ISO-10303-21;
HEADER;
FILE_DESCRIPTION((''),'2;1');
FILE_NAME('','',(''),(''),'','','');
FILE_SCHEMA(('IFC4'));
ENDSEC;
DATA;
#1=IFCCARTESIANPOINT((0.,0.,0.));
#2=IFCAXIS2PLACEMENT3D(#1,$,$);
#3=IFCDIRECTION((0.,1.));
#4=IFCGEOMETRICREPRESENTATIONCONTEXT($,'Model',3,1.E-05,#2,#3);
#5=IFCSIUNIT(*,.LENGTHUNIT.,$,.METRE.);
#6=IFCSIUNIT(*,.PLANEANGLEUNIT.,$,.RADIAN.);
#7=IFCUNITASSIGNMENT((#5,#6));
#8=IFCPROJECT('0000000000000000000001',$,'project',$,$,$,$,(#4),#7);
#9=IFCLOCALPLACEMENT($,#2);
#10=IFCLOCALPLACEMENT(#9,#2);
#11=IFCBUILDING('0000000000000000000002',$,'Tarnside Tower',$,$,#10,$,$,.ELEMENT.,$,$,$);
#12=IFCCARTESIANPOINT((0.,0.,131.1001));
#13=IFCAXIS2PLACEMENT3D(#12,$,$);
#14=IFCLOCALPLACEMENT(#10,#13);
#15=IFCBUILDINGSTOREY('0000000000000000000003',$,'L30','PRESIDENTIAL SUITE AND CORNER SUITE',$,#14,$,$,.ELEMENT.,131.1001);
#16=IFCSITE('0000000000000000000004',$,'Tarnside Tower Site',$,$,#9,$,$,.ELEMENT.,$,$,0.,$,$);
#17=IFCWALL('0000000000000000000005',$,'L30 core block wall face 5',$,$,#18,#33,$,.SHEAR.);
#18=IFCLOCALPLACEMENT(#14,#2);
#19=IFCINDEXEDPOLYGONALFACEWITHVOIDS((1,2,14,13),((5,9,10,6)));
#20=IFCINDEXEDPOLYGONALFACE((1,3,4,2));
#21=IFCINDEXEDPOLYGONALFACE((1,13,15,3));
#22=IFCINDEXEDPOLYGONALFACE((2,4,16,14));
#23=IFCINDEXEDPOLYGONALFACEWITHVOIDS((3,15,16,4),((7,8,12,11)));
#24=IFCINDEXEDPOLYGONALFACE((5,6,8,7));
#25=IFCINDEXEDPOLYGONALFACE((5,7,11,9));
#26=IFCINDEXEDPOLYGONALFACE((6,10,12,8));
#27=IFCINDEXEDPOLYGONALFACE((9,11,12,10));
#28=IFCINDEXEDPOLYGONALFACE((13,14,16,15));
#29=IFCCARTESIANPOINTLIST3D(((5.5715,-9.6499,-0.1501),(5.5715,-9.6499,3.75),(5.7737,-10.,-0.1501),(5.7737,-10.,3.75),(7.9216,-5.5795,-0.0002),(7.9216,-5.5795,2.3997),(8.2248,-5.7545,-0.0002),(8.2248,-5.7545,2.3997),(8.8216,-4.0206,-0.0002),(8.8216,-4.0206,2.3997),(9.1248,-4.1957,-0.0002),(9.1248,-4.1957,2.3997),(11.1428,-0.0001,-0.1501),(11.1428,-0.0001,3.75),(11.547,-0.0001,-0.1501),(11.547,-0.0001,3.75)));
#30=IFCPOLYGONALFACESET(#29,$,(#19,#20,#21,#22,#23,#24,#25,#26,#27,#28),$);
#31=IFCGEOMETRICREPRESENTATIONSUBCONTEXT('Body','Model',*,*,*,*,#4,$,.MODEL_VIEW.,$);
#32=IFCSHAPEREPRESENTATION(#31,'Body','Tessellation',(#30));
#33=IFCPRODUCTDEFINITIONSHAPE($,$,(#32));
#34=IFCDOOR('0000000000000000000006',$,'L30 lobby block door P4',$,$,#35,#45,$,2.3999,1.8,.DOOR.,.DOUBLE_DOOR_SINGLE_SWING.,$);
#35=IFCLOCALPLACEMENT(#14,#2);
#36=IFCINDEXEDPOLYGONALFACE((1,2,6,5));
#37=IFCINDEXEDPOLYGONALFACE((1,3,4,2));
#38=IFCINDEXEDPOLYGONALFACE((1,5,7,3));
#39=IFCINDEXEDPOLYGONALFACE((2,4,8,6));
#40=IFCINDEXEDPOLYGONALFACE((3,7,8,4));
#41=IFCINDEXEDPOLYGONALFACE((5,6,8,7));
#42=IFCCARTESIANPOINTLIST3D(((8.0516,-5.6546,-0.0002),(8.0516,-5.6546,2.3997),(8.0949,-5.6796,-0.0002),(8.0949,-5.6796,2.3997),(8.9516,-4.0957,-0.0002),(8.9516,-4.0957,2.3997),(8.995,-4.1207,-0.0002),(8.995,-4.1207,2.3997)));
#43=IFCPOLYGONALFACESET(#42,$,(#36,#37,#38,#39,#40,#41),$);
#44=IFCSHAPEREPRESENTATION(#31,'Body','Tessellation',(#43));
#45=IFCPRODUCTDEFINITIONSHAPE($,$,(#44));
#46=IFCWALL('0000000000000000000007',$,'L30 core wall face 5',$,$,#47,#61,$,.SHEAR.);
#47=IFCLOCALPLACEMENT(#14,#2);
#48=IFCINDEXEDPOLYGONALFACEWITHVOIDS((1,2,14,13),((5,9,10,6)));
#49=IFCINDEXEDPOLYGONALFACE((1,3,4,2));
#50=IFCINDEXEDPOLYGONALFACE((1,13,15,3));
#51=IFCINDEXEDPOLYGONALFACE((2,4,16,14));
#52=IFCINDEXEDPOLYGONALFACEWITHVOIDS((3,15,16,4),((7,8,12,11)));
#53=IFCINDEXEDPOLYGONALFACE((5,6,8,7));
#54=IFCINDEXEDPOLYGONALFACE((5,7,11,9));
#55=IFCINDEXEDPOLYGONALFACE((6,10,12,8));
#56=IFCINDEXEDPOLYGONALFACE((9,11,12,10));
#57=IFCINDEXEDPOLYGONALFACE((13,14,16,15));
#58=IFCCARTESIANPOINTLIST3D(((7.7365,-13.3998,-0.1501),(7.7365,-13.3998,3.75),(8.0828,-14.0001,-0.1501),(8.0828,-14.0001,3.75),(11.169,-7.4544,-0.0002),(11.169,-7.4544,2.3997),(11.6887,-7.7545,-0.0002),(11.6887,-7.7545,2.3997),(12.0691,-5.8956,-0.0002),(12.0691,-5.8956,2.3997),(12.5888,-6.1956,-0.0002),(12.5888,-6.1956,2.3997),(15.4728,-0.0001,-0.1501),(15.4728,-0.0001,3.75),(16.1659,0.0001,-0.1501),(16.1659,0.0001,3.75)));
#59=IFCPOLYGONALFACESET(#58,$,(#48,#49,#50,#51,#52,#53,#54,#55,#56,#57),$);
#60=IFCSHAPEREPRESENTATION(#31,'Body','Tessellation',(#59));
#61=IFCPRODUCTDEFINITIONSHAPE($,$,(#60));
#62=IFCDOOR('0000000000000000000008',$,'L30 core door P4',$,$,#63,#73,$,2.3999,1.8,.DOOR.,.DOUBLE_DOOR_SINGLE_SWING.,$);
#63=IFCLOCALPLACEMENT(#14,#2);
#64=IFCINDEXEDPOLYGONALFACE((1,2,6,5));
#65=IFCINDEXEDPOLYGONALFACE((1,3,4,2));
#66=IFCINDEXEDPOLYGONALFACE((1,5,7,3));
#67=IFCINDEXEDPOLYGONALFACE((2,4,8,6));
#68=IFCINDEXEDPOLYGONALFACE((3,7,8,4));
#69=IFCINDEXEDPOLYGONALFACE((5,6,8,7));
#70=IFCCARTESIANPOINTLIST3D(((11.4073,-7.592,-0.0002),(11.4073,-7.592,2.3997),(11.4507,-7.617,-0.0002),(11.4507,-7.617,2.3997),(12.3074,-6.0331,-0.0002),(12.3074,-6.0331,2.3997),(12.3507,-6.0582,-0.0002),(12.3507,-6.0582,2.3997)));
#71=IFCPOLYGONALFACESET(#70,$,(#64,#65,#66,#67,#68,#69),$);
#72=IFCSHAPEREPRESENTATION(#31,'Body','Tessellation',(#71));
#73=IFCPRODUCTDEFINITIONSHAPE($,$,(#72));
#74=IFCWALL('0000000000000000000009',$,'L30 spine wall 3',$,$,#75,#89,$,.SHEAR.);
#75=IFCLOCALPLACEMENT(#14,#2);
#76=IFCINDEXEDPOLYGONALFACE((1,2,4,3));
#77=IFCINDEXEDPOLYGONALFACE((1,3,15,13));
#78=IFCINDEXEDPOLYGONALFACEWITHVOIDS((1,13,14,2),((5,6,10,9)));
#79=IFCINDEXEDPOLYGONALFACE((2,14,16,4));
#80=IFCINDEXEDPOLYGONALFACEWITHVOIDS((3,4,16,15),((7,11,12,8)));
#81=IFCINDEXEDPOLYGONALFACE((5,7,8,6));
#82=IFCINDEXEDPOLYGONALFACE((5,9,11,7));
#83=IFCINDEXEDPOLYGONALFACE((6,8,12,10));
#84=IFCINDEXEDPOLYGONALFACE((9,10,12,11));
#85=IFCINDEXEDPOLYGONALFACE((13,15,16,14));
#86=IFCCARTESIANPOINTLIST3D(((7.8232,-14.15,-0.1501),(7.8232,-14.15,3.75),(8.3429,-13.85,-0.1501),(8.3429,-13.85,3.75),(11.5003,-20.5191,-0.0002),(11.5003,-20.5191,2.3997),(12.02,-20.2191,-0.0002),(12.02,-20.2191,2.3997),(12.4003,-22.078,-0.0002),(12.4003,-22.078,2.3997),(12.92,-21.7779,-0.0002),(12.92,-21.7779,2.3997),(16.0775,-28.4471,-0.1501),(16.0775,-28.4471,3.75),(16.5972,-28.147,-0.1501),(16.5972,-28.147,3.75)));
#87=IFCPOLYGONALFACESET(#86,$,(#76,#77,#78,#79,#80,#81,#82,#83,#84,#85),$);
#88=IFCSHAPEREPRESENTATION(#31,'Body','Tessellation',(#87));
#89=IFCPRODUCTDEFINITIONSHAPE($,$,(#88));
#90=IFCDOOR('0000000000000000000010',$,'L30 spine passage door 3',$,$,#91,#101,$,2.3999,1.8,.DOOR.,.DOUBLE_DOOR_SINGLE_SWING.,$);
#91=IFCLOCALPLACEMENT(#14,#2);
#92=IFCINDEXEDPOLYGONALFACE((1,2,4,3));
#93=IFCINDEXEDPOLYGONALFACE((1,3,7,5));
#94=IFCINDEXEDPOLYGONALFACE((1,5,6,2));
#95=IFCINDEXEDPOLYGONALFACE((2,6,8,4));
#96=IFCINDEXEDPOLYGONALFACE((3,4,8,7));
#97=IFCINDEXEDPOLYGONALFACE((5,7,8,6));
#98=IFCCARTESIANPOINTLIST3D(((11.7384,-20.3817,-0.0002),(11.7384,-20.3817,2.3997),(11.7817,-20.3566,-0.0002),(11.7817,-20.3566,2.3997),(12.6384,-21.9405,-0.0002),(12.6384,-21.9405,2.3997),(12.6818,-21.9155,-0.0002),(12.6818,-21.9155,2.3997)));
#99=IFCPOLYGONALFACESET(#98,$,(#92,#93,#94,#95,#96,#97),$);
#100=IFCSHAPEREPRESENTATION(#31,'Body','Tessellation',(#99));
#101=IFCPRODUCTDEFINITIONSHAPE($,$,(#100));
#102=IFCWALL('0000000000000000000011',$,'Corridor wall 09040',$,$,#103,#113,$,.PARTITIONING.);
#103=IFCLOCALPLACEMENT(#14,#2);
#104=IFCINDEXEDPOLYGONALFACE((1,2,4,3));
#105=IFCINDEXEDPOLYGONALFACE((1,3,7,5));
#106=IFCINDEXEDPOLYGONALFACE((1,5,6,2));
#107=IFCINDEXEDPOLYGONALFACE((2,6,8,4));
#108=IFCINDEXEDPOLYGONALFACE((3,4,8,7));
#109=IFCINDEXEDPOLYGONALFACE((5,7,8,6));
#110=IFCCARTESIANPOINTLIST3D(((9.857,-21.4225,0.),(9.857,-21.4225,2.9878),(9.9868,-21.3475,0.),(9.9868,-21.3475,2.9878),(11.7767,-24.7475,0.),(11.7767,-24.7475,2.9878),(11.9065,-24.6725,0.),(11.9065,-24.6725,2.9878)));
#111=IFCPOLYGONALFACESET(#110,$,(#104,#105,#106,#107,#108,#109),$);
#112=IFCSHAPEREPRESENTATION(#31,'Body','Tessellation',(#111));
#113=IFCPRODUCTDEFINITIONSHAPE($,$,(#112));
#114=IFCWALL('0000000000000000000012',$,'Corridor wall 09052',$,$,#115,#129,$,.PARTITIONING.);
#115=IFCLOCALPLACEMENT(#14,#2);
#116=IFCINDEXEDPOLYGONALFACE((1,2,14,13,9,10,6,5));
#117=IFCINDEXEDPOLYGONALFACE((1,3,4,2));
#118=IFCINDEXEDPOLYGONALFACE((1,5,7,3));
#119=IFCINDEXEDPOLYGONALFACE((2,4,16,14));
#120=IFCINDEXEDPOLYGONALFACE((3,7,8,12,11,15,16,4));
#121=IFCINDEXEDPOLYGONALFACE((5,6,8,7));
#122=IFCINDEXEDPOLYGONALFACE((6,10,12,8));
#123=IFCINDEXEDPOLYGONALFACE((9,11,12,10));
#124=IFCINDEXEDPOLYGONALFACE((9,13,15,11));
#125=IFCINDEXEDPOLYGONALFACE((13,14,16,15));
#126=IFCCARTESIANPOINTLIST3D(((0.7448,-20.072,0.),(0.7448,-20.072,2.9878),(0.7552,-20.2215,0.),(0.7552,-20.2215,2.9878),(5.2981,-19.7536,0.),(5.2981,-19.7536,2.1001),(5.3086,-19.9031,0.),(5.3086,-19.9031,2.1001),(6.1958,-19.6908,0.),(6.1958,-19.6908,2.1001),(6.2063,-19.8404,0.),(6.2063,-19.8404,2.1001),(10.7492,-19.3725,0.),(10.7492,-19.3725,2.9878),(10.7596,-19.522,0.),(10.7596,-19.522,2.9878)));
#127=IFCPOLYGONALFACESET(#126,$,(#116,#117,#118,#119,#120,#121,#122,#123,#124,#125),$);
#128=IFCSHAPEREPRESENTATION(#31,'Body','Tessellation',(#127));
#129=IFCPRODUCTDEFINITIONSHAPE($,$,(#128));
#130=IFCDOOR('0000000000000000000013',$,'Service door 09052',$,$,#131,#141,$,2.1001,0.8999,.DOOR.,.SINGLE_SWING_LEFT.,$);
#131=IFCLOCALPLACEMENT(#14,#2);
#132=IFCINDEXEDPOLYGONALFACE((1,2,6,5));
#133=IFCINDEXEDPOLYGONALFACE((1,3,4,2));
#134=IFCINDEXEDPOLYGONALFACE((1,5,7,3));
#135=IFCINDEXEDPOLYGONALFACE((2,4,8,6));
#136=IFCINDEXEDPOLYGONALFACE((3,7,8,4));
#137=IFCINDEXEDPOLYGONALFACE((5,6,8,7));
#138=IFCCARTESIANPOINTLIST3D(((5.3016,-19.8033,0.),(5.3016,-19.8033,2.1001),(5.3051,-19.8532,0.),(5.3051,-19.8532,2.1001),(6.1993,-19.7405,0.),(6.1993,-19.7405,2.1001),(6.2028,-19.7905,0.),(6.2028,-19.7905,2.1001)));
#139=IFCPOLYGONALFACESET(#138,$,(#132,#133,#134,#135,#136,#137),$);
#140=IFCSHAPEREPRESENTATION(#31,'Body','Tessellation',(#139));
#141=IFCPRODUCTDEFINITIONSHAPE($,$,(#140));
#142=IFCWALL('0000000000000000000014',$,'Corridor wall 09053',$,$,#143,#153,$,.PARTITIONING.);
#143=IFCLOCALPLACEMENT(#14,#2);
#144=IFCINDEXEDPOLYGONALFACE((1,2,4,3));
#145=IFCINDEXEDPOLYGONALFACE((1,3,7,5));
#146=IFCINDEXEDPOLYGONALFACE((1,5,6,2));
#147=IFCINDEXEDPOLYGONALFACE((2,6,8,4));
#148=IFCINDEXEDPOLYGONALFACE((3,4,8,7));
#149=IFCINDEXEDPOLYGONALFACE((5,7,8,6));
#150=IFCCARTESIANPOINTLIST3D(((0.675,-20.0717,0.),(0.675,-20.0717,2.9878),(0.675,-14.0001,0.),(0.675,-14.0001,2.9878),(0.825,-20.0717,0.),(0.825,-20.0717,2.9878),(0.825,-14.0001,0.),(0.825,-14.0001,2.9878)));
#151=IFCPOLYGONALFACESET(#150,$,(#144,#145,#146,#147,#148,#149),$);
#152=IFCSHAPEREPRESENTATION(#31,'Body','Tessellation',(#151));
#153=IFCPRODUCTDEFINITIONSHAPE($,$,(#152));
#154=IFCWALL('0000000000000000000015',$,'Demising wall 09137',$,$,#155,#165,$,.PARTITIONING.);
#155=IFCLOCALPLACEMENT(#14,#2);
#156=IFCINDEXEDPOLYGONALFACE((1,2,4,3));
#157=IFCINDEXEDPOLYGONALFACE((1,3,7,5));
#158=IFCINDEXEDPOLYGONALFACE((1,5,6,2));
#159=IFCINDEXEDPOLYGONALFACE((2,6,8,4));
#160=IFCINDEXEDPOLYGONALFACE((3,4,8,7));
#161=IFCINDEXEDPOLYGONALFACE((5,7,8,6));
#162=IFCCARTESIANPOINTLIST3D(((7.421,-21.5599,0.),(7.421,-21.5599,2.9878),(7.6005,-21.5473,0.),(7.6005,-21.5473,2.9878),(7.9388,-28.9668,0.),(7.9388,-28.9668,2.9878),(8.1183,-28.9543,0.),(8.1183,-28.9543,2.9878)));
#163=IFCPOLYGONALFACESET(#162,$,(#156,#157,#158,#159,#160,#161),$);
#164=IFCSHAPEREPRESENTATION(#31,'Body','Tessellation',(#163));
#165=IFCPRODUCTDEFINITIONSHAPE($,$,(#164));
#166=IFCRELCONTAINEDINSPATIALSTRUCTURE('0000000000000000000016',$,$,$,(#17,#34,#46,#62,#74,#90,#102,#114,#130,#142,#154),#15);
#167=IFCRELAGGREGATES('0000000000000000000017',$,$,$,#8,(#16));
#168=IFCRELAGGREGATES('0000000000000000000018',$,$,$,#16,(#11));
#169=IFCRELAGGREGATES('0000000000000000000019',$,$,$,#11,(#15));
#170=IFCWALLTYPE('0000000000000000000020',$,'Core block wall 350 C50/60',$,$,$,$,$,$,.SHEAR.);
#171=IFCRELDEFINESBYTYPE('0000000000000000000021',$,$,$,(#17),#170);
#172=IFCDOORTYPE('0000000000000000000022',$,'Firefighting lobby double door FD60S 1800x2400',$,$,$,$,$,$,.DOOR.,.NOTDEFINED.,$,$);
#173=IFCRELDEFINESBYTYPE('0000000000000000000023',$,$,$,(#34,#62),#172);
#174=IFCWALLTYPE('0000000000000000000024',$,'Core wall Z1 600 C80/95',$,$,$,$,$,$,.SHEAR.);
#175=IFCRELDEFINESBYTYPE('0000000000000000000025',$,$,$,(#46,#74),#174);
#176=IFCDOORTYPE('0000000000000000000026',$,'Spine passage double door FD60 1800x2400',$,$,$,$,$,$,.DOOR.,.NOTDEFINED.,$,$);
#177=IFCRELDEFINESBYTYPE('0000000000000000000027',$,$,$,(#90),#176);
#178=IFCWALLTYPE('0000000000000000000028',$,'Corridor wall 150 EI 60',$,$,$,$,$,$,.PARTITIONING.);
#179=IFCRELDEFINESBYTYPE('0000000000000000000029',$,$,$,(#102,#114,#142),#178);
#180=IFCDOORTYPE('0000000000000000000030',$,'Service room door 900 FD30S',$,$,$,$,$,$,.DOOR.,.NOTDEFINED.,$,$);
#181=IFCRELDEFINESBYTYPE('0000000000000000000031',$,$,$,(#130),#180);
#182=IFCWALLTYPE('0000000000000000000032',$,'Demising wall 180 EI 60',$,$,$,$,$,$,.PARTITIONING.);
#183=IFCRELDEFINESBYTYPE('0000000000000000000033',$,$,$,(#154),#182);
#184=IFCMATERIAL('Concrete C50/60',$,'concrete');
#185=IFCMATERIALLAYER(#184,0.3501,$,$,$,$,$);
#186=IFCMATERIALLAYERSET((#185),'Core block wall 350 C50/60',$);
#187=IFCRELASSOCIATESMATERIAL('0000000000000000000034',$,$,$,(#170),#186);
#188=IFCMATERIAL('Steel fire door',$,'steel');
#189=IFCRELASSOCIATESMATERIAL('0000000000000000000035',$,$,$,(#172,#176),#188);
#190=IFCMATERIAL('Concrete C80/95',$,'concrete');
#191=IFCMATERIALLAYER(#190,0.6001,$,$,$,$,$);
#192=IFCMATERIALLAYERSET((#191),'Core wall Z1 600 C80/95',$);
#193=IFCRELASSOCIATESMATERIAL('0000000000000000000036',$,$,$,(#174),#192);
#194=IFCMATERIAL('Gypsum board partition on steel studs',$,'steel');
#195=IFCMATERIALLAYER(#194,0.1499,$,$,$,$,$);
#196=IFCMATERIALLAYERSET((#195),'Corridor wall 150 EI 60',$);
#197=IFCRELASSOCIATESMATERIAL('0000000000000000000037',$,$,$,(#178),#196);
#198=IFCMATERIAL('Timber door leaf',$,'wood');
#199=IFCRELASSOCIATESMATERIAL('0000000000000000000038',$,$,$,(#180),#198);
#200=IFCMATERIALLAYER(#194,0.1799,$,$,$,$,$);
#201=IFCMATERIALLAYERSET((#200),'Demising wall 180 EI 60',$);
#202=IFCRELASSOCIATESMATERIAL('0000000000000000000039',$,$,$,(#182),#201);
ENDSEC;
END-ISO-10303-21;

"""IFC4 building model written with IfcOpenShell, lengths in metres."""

from ifc_helpers import new_model, si_unit, direction, frame, frame_2d, origin, place, context, subcontext, project, spatial, polyline, rectangle, outline, extrude, material, layer, layer_set, type_object, element, fill, save


model = new_model("IFC4")

# Units and contexts
model_context = context("Model", 3, precision=1e-05, world=origin(), true_north=direction((0.0, 1.0)))
body_context = subcontext(model_context, "Body", "Model", "MODEL_VIEW")
ifc_project = project(units=[si_unit("LENGTHUNIT", "METRE"), si_unit("PLANEANGLEUNIT", "RADIAN")], contexts=[model_context])

# Site, building, storey
site_placement = place(None, origin())
site = spatial("IfcSite", under=ifc_project, at=site_placement, Name="Tarnside Tower Site", CompositionType="ELEMENT", RefElevation=0.0)
building_placement = place(site_placement, origin())
building = spatial("IfcBuilding", under=site, at=building_placement, Name="Tarnside Tower", CompositionType="ELEMENT")
storey_placement = place(building_placement, frame((0.0, 0.0, 131.1001)))
storey = spatial("IfcBuildingStorey", under=building, at=storey_placement, Name="L30", Description="PRESIDENTIAL SUITE AND CORNER SUITE", CompositionType="ELEMENT", Elevation=131.1001)

# Shared definitions
ifc_material_1 = material(Name="Gypsum board partition on steel studs", Category="steel")

# Walls, openings, doors
ifc_material_2 = material(Name="Timber door leaf", Category="wood")
ifc_material_3 = material(Name="Concrete C50/60", Category="concrete")
ifc_layer_1 = layer(ifc_material_3, 0.3501)
ifc_layer_set_1 = layer_set([ifc_layer_1], Name="Core block wall 350 C50/60")
wall_type_1 = type_object("IfcWallType", Name="Core block wall 350 C50/60", PredefinedType="SHEAR", material=ifc_layer_set_1)
wall_1_placement = place(storey_placement, frame((5.6726, -9.825, -0.1501), z_axis=(0.0, 0.0, 1.0), x_axis=(0.499995, 0.866028, 0.0)))
wall_1 = element("IfcWall", 1, at=wall_1_placement, inside=storey, type_object=wall_type_1, Name="L30 core block wall face 5", PredefinedType="SHEAR", context=body_context, shape_type="SweptSolid", body=[
    extrude(outline(polyline([(-0.1011, -0.175), (11.4458, -0.175), (11.2437, 0.175), (0.1011, 0.175), (-0.1011, -0.175)])), origin(), (0.0, 0.0, 1.0), 3.9001),
])
opening_1_placement = place(wall_1_placement, frame((4.8013, 0.0, 0.1499)))
opening_1 = element("IfcOpeningElement", 2, at=opening_1_placement, cuts=wall_1, PredefinedType="OPENING", context=body_context, shape_type="SweptSolid", body=[
    extrude(rectangle(XDim=1.8, YDim=2.3999, at=frame_2d((0.8999, 1.2))), frame((0.0, 0.1851, 0.0), z_axis=(0.0, -1.0, 0.0), x_axis=(1.0, 0.0, 0.0)), (0.0, 0.0, 1.0), 0.3701),
])
ifc_material_4 = material(Name="Steel fire door", Category="steel")
door_type_1 = type_object("IfcDoorType", Name="Firefighting lobby double door FD60S 1800x2400", OperationType="NOTDEFINED", PredefinedType="DOOR", material=ifc_material_4)
door_1_placement = place(opening_1_placement, origin())
door_1 = element("IfcDoor", 3, at=door_1_placement, inside=storey, type_object=door_type_1, Name="L30 lobby block door P4", OperationType="DOUBLE_DOOR_SINGLE_SWING", OverallHeight=2.3999, OverallWidth=1.8, PredefinedType="DOOR", context=body_context, shape_type="SweptSolid", body=[
    extrude(rectangle(XDim=1.8, YDim=2.3999, at=frame_2d((0.8999, 1.2))), frame((0.0, 0.0249, 0.0), z_axis=(0.0, -1.0, 0.0), x_axis=(1.0, 0.0, 0.0)), (0.0, 0.0, 1.0), 0.05),
])
fill(opening_1, door_1)
ifc_material_5 = material(Name="Concrete C80/95", Category="concrete")
ifc_layer_2 = layer(ifc_material_5, 0.6001)
ifc_layer_set_2 = layer_set([ifc_layer_2], Name="Core wall Z1 600 C80/95")
wall_type_2 = type_object("IfcWallType", Name="Core wall Z1 600 C80/95", PredefinedType="SHEAR", material=ifc_layer_set_2)
wall_2_placement = place(storey_placement, frame((7.9097, -13.7, -0.1501), z_axis=(0.0, 0.0, 1.0), x_axis=(0.5, 0.866025, 0.0)))
wall_2 = element("IfcWall", 4, at=wall_2_placement, inside=storey, type_object=wall_type_2, Name="L30 core wall face 5", PredefinedType="SHEAR", context=body_context, shape_type="SweptSolid", body=[
    extrude(outline(polyline([(-0.1733, -0.3), (15.9927, -0.3), (15.646, 0.3), (0.1733, 0.3), (-0.1733, -0.3)])), origin(), (0.0, 0.0, 1.0), 3.9001),
])
opening_2_placement = place(wall_2_placement, frame((7.0386, 0.0, 0.1499)))
opening_2 = element("IfcOpeningElement", 5, at=opening_2_placement, cuts=wall_2, PredefinedType="OPENING", context=body_context, shape_type="SweptSolid", body=[
    extrude(rectangle(XDim=1.8, YDim=2.3999, at=frame_2d((0.8999, 1.2))), frame((0.0, 0.3101, 0.0), z_axis=(0.0, -1.0, 0.0), x_axis=(1.0, 0.0, 0.0)), (0.0, 0.0, 1.0), 0.6201),
])
door_2_placement = place(opening_2_placement, origin())
door_2 = element("IfcDoor", 6, at=door_2_placement, inside=storey, type_object=door_type_1, Name="L30 core door P4", OperationType="DOUBLE_DOOR_SINGLE_SWING", OverallHeight=2.3999, OverallWidth=1.8, PredefinedType="DOOR", context=body_context, shape_type="SweptSolid", body=[
    extrude(rectangle(XDim=1.8, YDim=2.3999, at=frame_2d((0.8999, 1.2))), frame((0.0, 0.0249, 0.0), z_axis=(0.0, -1.0, 0.0), x_axis=(1.0, 0.0, 0.0)), (0.0, 0.0, 1.0), 0.05),
])
fill(opening_2, door_2)
wall_3_placement = place(storey_placement, frame((8.083, -14.0, -0.1501), z_axis=(0.0, 0.0, 1.0), x_axis=(0.499998, -0.866027, 0.0)))
wall_3 = element("IfcWall", 7, at=wall_3_placement, inside=storey, type_object=wall_type_2, Name="L30 spine wall 3", PredefinedType="SHEAR", context=body_context, shape_type="SweptSolid", body=[
    extrude(rectangle(XDim=16.5088, YDim=0.6001, at=frame_2d((8.2544, 0.0))), origin(), (0.0, 0.0, 1.0), 3.9001),
])
opening_3_placement = place(wall_3_placement, frame((7.3545, 0.0, 0.1499)))
opening_3 = element("IfcOpeningElement", 8, at=opening_3_placement, cuts=wall_3, PredefinedType="OPENING", context=body_context, shape_type="SweptSolid", body=[
    extrude(rectangle(XDim=1.8, YDim=2.3999, at=frame_2d((0.8999, 1.2))), frame((0.0, 0.3101, 0.0), z_axis=(0.0, -1.0, 0.0), x_axis=(1.0, 0.0, 0.0)), (0.0, 0.0, 1.0), 0.6201),
])
door_type_2 = type_object("IfcDoorType", Name="Spine passage double door FD60 1800x2400", OperationType="NOTDEFINED", PredefinedType="DOOR", material=ifc_material_4)
door_3_placement = place(opening_3_placement, origin())
door_3 = element("IfcDoor", 9, at=door_3_placement, inside=storey, type_object=door_type_2, Name="L30 spine passage door 3", OperationType="DOUBLE_DOOR_SINGLE_SWING", OverallHeight=2.3999, OverallWidth=1.8, PredefinedType="DOOR", context=body_context, shape_type="SweptSolid", body=[
    extrude(rectangle(XDim=1.8, YDim=2.3999, at=frame_2d((0.8999, 1.2))), frame((0.0, 0.0249, 0.0), z_axis=(0.0, -1.0, 0.0), x_axis=(1.0, 0.0, 0.0)), (0.0, 0.0, 1.0), 0.05),
])
fill(opening_3, door_3)

# Wall
ifc_layer_3 = layer(ifc_material_1, 0.1499)
ifc_layer_set_3 = layer_set([ifc_layer_3], Name="Corridor wall 150 EI 60")
wall_type_3 = type_object("IfcWallType", Name="Corridor wall 150 EI 60", PredefinedType="PARTITIONING", material=ifc_layer_set_3)
wall_4_placement = place(storey_placement, frame((9.9219, -21.385, 0.0), z_axis=(0.0, 0.0, 1.0), x_axis=(0.500003, -0.866024, 0.0)))
element("IfcWall", 10, at=wall_4_placement, inside=storey, type_object=wall_type_3, Name="Corridor wall 09040", PredefinedType="PARTITIONING", context=body_context, shape_type="SweptSolid", body=[
    extrude(rectangle(XDim=3.8394, YDim=0.1499, at=frame_2d((1.9197, 0.0))), origin(), (0.0, 0.0, 1.0), 2.9878),
])

# Wall, opening, door
wall_5_placement = place(storey_placement, frame((10.7544, -19.4473, 0.0), z_axis=(0.0, 0.0, 1.0), x_axis=(-0.997565, -0.069745, 0.0)))
wall_5 = element("IfcWall", 11, at=wall_5_placement, inside=storey, type_object=wall_type_3, Name="Corridor wall 09052", PredefinedType="PARTITIONING", context=body_context, shape_type="SweptSolid", body=[
    extrude(rectangle(XDim=10.0288, YDim=0.1499, at=frame_2d((5.0144, 0.0))), origin(), (0.0, 0.0, 1.0), 2.9878),
])
opening_4_placement = place(wall_5_placement, frame((4.5645, 0.0, 0.0)))
opening_4 = element("IfcOpeningElement", 12, at=opening_4_placement, cuts=wall_5, PredefinedType="OPENING", context=body_context, shape_type="SweptSolid", body=[
    extrude(rectangle(XDim=0.8999, YDim=2.1001, at=frame_2d((0.45, 1.05))), frame((0.0, 0.085, 0.0), z_axis=(0.0, -1.0, 0.0), x_axis=(1.0, 0.0, 0.0)), (0.0, 0.0, 1.0), 0.1699),
])
door_type_3 = type_object("IfcDoorType", Name="Service room door 900 FD30S", OperationType="NOTDEFINED", PredefinedType="DOOR", material=ifc_material_2)
door_4_placement = place(opening_4_placement, origin())
door_4 = element("IfcDoor", 13, at=door_4_placement, inside=storey, type_object=door_type_3, Name="Service door 09052", OperationType="SINGLE_SWING_LEFT", OverallHeight=2.1001, OverallWidth=0.8999, PredefinedType="DOOR", context=body_context, shape_type="SweptSolid", body=[
    extrude(rectangle(XDim=0.8999, YDim=2.1001, at=frame_2d((0.45, 1.05))), frame((0.0, 0.0249, 0.0), z_axis=(0.0, -1.0, 0.0), x_axis=(1.0, 0.0, 0.0)), (0.0, 0.0, 1.0), 0.05),
])
fill(opening_4, door_4)

# Walls
wall_6_placement = place(storey_placement, frame((0.75, -20.0715, 0.0), z_axis=(0.0, 0.0, 1.0), x_axis=(0.0, 1.0, 0.0)))
element("IfcWall", 14, at=wall_6_placement, inside=storey, type_object=wall_type_3, Name="Corridor wall 09053", PredefinedType="PARTITIONING", context=body_context, shape_type="SweptSolid", body=[
    extrude(rectangle(XDim=6.0715, YDim=0.1499, at=frame_2d((3.0356, 0.0))), origin(), (0.0, 0.0, 1.0), 2.9878),
])
ifc_layer_4 = layer(ifc_material_1, 0.1799)
ifc_layer_set_4 = layer_set([ifc_layer_4], Name="Demising wall 180 EI 60")
wall_type_4 = type_object("IfcWallType", Name="Demising wall 180 EI 60", PredefinedType="PARTITIONING", material=ifc_layer_set_4)
wall_7_placement = place(storey_placement, frame((8.0286, -28.9604, 0.0), z_axis=(0.0, 0.0, 1.0), x_axis=(-0.06974, 0.997565, 0.0)))
element("IfcWall", 15, at=wall_7_placement, inside=storey, type_object=wall_type_4, Name="Demising wall 09137", PredefinedType="PARTITIONING", context=body_context, shape_type="SweptSolid", body=[
    extrude(rectangle(XDim=7.425, YDim=0.1799, at=frame_2d((3.7124, 0.0))), origin(), (0.0, 0.0, 1.0), 2.9878),
])

save(model, "model.ifc")
